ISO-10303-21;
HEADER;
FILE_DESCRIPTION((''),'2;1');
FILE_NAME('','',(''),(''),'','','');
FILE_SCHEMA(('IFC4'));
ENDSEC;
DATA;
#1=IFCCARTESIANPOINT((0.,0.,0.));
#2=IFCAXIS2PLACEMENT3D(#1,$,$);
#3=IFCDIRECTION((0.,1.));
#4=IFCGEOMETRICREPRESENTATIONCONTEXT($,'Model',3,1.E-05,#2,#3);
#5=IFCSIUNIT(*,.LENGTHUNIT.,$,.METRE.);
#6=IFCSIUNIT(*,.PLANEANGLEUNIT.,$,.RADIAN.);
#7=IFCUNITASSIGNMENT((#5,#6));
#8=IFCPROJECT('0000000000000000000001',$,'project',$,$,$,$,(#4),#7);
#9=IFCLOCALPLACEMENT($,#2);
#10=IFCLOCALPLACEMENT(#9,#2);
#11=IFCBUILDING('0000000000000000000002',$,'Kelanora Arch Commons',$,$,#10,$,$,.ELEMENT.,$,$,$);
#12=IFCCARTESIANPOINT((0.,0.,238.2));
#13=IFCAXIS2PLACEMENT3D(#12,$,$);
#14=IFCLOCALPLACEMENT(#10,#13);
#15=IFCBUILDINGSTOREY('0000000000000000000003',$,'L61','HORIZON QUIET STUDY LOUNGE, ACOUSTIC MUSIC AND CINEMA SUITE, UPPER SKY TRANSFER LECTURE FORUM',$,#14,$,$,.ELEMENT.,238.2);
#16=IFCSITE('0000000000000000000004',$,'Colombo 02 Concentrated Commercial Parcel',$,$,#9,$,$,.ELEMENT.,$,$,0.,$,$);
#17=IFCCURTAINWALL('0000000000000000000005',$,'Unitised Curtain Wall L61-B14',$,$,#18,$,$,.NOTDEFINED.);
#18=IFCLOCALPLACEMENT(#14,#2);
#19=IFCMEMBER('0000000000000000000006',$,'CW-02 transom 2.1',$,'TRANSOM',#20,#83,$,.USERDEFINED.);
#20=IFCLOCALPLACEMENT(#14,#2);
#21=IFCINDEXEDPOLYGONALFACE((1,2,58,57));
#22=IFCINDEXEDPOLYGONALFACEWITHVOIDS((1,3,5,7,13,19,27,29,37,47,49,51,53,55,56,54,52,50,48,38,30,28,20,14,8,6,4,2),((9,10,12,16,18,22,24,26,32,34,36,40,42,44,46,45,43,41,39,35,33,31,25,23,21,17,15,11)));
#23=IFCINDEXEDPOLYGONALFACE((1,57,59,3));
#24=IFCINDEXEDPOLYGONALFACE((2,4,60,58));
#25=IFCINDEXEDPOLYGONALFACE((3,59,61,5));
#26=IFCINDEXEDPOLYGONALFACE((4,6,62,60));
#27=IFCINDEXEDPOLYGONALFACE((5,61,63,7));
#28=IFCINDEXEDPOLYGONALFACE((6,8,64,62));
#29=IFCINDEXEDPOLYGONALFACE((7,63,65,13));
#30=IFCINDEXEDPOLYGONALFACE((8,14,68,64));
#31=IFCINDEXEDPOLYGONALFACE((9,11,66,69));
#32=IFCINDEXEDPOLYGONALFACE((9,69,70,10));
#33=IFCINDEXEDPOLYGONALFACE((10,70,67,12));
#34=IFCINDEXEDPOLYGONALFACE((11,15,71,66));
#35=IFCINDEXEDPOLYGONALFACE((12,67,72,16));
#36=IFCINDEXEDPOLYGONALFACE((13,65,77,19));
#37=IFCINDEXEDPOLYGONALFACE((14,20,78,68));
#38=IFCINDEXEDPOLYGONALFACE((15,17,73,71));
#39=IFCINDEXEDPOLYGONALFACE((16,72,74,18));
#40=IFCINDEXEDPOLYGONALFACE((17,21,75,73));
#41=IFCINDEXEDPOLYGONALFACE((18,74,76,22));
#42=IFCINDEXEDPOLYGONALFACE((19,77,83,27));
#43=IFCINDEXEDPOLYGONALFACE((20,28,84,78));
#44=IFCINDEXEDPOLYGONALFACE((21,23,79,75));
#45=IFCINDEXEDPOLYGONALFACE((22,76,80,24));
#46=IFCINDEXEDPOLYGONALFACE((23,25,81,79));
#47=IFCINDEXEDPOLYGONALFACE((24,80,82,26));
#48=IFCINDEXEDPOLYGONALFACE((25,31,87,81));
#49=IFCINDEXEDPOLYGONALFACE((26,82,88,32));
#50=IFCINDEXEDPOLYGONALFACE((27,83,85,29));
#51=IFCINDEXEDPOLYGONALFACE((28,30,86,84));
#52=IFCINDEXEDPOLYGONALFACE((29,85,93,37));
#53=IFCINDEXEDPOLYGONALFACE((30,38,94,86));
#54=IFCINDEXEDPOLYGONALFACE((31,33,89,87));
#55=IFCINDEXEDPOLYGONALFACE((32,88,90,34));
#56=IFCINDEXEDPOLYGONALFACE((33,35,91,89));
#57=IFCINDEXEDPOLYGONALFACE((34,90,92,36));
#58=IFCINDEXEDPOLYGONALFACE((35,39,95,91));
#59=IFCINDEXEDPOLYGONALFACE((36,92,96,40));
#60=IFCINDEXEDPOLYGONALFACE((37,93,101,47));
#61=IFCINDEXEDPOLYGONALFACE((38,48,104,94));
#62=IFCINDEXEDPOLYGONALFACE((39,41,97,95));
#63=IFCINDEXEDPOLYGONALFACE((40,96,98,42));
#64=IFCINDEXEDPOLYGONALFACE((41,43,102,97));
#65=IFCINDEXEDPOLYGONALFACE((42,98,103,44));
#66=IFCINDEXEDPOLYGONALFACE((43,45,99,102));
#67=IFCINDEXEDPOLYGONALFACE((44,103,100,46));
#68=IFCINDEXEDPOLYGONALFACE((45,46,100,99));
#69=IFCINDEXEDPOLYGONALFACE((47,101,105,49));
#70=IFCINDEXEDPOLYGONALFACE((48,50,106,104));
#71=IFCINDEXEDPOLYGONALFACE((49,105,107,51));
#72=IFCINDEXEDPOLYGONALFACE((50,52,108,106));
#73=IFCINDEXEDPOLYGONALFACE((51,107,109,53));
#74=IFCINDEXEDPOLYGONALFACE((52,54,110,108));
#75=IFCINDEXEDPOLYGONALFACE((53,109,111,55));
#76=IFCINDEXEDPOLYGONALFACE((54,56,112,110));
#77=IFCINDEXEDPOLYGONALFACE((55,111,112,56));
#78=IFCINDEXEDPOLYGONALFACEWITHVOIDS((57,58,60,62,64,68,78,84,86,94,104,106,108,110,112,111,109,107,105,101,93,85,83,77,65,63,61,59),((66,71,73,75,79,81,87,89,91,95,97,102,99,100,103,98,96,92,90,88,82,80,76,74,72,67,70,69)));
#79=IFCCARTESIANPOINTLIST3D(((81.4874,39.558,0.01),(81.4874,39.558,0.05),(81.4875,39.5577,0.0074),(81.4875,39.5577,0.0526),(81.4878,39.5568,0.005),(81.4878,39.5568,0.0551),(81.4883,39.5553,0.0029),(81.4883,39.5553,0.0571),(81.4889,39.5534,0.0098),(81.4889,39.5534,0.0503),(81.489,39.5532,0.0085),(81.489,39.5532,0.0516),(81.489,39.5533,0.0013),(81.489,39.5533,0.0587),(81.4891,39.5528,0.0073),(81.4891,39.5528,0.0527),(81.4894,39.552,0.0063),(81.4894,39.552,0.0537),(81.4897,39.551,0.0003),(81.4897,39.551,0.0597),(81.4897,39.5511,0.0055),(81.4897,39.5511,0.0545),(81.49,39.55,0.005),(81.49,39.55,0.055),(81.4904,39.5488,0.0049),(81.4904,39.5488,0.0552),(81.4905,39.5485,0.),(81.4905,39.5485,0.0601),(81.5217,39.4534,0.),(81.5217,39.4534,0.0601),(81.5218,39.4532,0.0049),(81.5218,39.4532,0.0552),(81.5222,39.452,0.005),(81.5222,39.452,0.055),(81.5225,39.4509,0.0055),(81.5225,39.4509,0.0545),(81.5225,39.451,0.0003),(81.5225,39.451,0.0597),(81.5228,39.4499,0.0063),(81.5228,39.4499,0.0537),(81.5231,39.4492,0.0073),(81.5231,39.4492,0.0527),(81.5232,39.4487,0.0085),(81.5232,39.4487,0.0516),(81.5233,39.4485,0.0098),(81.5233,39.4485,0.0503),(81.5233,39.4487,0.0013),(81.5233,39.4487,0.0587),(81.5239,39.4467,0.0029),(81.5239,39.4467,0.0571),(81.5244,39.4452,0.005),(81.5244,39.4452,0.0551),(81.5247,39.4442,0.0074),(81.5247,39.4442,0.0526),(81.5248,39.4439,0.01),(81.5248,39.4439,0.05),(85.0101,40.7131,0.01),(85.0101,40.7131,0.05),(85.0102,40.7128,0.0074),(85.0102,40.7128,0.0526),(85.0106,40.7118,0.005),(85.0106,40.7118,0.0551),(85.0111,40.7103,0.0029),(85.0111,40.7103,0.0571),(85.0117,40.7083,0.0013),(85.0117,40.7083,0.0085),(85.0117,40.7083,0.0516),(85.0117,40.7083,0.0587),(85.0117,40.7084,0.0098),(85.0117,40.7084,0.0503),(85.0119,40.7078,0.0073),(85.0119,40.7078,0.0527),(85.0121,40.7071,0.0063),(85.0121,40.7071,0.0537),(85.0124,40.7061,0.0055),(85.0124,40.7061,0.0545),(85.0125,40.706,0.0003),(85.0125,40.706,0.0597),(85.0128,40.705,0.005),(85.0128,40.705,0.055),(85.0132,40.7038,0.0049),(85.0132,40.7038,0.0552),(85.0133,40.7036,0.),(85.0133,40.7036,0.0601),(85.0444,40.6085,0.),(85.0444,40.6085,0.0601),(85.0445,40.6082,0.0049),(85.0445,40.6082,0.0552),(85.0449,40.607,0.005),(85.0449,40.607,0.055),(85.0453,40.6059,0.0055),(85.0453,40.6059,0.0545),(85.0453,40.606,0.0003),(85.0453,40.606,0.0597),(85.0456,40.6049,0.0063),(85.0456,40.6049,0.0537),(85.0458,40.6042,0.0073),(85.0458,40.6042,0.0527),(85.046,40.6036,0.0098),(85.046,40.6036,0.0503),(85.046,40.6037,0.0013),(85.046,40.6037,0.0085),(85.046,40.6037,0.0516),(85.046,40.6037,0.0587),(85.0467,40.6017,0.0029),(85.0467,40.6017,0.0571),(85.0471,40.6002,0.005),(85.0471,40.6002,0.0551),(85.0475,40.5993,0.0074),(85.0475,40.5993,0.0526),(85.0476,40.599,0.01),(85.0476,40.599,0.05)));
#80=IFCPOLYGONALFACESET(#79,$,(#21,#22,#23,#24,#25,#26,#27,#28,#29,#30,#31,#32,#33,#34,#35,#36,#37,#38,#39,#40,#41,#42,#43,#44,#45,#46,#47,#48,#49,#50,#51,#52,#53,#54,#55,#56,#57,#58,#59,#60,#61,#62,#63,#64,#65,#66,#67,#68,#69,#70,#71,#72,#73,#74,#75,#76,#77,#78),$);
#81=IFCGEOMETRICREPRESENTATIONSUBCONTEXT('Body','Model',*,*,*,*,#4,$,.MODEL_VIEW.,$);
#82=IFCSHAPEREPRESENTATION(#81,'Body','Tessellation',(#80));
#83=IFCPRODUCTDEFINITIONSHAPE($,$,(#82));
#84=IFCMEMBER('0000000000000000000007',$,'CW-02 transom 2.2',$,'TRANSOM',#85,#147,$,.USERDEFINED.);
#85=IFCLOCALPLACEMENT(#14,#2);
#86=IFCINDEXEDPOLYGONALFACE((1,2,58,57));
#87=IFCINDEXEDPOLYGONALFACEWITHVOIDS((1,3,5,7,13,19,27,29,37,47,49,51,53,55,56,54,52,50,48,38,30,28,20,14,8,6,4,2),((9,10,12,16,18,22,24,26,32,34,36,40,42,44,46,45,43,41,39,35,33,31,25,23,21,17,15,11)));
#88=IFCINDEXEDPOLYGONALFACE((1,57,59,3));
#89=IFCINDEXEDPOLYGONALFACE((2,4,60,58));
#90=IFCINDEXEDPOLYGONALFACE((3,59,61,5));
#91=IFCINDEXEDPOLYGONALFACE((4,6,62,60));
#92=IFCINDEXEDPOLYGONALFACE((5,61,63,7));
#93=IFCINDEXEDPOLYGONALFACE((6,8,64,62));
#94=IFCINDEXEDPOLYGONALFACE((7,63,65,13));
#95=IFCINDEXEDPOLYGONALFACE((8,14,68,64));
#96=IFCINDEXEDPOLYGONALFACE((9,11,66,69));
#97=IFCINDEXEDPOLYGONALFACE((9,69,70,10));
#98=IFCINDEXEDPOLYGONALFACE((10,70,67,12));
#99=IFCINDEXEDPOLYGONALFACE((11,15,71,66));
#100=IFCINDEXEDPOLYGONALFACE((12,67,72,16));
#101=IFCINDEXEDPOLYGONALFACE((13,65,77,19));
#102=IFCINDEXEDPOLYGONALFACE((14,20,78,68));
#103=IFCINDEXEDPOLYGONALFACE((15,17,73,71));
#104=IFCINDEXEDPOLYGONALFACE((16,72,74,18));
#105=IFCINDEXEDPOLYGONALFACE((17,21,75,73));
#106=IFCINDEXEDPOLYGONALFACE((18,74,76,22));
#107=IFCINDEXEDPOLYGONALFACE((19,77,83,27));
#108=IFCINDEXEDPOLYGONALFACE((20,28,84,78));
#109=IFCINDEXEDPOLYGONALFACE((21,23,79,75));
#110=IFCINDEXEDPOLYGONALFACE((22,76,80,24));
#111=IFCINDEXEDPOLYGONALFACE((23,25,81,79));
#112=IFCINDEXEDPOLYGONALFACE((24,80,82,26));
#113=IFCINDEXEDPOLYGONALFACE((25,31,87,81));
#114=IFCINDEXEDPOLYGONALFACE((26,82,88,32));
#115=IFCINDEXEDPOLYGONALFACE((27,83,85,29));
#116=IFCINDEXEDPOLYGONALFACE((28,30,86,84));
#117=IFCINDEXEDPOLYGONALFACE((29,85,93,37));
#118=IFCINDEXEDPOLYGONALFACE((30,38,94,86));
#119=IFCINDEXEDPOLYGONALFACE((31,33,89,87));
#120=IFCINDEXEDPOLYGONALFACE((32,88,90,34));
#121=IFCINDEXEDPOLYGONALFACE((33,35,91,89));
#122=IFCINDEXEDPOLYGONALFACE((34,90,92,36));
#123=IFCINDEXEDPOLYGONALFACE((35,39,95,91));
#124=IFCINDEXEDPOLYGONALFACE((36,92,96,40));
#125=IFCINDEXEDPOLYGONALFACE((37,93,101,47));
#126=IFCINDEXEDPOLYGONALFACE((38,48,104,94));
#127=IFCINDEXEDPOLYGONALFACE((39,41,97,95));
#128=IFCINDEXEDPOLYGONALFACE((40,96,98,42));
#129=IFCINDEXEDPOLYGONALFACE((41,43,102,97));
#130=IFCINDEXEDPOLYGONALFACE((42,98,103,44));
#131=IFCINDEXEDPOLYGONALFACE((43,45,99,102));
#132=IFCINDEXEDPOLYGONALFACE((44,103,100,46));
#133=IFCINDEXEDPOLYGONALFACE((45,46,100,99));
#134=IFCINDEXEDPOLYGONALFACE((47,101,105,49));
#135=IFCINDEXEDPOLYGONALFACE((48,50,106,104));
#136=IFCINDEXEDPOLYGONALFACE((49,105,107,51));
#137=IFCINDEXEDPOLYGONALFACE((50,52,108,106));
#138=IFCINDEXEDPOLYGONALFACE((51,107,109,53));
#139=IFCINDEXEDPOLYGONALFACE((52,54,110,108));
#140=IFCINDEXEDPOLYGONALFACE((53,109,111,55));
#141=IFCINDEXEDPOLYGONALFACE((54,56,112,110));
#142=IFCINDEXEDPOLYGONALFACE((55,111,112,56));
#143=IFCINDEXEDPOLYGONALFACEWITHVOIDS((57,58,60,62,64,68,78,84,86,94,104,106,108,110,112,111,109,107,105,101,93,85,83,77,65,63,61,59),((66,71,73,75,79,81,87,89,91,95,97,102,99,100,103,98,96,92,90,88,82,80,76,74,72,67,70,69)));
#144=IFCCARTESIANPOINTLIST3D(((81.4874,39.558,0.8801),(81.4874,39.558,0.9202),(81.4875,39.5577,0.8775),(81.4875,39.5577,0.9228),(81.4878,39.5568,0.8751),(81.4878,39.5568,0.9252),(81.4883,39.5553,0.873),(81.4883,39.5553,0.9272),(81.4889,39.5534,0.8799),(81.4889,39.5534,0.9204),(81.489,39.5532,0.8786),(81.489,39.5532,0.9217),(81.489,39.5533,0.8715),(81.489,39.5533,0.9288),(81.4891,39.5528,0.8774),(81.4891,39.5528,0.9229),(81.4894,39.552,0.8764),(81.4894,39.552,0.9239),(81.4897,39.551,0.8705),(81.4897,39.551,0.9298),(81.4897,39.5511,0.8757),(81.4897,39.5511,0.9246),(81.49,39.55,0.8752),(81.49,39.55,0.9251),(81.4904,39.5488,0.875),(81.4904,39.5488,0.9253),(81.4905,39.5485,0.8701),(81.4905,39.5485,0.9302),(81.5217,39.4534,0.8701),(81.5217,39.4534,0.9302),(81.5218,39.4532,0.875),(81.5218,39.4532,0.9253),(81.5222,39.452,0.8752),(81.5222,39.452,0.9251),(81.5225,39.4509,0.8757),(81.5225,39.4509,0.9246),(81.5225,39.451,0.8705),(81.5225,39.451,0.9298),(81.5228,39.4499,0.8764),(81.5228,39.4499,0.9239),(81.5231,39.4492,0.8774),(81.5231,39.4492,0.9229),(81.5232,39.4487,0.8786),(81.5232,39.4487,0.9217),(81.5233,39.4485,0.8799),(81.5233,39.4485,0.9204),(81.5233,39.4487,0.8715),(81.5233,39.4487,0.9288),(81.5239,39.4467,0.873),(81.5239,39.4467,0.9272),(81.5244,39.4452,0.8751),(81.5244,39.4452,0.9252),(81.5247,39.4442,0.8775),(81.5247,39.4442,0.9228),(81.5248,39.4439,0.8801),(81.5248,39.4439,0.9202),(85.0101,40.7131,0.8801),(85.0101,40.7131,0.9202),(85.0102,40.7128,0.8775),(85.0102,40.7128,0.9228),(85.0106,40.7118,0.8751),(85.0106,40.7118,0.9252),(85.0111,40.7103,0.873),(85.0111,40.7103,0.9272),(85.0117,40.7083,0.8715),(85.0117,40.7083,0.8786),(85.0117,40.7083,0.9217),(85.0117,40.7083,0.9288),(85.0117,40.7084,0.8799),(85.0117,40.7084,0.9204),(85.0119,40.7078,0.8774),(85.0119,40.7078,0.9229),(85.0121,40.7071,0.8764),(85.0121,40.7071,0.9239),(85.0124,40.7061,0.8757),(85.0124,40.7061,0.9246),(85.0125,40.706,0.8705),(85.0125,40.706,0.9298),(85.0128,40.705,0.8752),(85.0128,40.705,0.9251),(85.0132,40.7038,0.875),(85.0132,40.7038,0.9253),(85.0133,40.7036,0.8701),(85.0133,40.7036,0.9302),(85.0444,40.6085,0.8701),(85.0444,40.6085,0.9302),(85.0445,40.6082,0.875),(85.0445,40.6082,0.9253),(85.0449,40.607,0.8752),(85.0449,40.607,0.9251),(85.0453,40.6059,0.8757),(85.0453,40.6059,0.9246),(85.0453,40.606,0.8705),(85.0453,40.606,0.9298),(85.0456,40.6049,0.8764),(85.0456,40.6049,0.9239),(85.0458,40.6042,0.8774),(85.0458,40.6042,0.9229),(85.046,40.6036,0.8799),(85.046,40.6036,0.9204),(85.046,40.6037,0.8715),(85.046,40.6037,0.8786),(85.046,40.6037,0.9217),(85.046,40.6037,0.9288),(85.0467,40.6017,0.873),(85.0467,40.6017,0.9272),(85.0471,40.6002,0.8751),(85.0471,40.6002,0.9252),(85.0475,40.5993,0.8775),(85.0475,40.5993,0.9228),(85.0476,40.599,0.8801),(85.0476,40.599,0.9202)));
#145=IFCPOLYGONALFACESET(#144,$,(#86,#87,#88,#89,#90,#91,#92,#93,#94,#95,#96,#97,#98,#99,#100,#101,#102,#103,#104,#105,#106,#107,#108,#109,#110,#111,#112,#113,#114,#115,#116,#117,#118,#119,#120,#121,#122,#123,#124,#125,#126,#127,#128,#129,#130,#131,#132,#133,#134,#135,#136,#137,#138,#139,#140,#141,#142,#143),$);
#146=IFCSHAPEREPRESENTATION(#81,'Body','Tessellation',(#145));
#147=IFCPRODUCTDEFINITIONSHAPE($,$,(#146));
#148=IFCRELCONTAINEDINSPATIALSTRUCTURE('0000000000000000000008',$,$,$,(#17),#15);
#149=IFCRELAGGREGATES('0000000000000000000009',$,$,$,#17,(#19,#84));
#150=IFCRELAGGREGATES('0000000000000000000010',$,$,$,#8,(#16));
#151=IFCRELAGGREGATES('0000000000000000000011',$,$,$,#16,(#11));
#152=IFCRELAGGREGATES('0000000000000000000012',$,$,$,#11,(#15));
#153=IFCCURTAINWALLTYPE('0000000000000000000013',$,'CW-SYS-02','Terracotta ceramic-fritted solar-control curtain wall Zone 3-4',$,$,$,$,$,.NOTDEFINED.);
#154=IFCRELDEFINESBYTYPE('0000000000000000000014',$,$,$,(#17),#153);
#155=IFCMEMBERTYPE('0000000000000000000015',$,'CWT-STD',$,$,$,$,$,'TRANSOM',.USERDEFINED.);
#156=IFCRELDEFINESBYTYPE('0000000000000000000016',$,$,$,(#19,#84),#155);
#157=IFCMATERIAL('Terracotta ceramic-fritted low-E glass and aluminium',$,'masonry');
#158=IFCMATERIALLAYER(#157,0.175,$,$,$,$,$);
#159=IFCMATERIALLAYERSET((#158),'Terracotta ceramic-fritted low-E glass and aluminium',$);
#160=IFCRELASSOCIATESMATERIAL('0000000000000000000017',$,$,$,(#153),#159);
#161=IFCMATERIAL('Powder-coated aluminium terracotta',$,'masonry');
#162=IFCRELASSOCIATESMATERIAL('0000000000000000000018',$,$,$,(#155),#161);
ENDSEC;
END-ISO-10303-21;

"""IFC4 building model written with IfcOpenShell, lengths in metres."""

from ifc_helpers import new_model, si_unit, direction, frame, origin, origin_2d, place, context, subcontext, project, spatial, hollow_rectangle, extrude, material, layer, layer_set, material_profile, profile_set, type_object, element, aggregate, save


model = new_model("IFC4")

# Units and contexts
model_context = context("Model", 3, precision=1e-05, world=origin(), true_north=direction((0.0, 1.0)))
body_context = subcontext(model_context, "Body", "Model", "MODEL_VIEW")
ifc_project = project(units=[si_unit("LENGTHUNIT", "METRE"), si_unit("PLANEANGLEUNIT", "RADIAN")], contexts=[model_context])

# Site, building, storey
site_placement = place(None, origin())
site = spatial("IfcSite", under=ifc_project, at=site_placement, Name="Colombo 02 Concentrated Commercial Parcel", CompositionType="ELEMENT", RefElevation=0.0)
building_placement = place(site_placement, origin())
building = spatial("IfcBuilding", under=site, at=building_placement, Name="Kelanora Arch Commons", CompositionType="ELEMENT")
storey_placement = place(building_placement, frame((0.0, 0.0, 238.2)))
storey = spatial("IfcBuildingStorey", under=building, at=storey_placement, Name="L61", Description="HORIZON QUIET STUDY LOUNGE, ACOUSTIC MUSIC AND CINEMA SUITE, UPPER SKY TRANSFER LECTURE FORUM", CompositionType="ELEMENT", Elevation=238.2)

# Curtain wall, members
ifc_material_1 = material(Name="Terracotta ceramic-fritted low-E glass and aluminium", Category="masonry")
ifc_layer_1 = layer(ifc_material_1, 0.175)
ifc_layer_set_1 = layer_set([ifc_layer_1], Name="Terracotta ceramic-fritted low-E glass and aluminium")
curtain_wall_type = type_object("IfcCurtainWallType", Name="CW-SYS-02", Description="Terracotta ceramic-fritted solar-control curtain wall Zone 3-4", PredefinedType="NOTDEFINED", material=ifc_layer_set_1)
curtain_wall_placement = place(storey_placement, origin())
curtain_wall = element("IfcCurtainWall", 1, at=curtain_wall_placement, inside=storey, type_object=curtain_wall_type, Name="Unitised Curtain Wall L61-B14", PredefinedType="NOTDEFINED")
ifc_material_2 = material(Name="Powder-coated aluminium terracotta", Category="masonry")
ifc_material_profile_1 = material_profile(ifc_material_2, hollow_rectangle(XDim=0.1201, YDim=0.0601, WallThickness=0.0049, InnerFilletRadius=0.0049, OuterFilletRadius=0.01, at=origin_2d()), Name="CWT120x60")
ifc_profile_set_1 = profile_set([ifc_material_profile_1], Name="Powder-coated aluminium terracotta")
member_type_1 = type_object("IfcMemberType", Name="CWT-STD", ElementType="TRANSOM", PredefinedType="USERDEFINED", material=ifc_profile_set_1)
member_1_placement = place(storey_placement, frame((81.5061, 39.501, 0.03), z_axis=(0.950226, 0.311561, 0.0), x_axis=(-0.311561, 0.950226, 0.0)))
member_1 = element("IfcMember", 2, at=member_1_placement, type_object=member_type_1, Name="CW-02 transom 2.1", ObjectType="TRANSOM", PredefinedType="USERDEFINED", context=body_context, shape_type="SweptSolid", body=[
    extrude(hollow_rectangle(XDim=0.1201, YDim=0.0601, WallThickness=0.0049, InnerFilletRadius=0.0049, OuterFilletRadius=0.01, at=origin_2d()), origin(), (0.0, 0.0, 1.0), 3.7073),
])
member_2_placement = place(storey_placement, frame((81.5061, 39.501, 0.9001), z_axis=(0.950226, 0.311561, 0.0), x_axis=(-0.311561, 0.950226, 0.0)))
member_2 = element("IfcMember", 3, at=member_2_placement, type_object=member_type_1, Name="CW-02 transom 2.2", ObjectType="TRANSOM", PredefinedType="USERDEFINED", context=body_context, shape_type="SweptSolid", body=[
    extrude(hollow_rectangle(XDim=0.1201, YDim=0.0601, WallThickness=0.0049, InnerFilletRadius=0.0049, OuterFilletRadius=0.01, at=origin_2d()), origin(), (0.0, 0.0, 1.0), 3.7073),
])
aggregate(curtain_wall, [member_1, member_2])

save(model, "model.ifc")
